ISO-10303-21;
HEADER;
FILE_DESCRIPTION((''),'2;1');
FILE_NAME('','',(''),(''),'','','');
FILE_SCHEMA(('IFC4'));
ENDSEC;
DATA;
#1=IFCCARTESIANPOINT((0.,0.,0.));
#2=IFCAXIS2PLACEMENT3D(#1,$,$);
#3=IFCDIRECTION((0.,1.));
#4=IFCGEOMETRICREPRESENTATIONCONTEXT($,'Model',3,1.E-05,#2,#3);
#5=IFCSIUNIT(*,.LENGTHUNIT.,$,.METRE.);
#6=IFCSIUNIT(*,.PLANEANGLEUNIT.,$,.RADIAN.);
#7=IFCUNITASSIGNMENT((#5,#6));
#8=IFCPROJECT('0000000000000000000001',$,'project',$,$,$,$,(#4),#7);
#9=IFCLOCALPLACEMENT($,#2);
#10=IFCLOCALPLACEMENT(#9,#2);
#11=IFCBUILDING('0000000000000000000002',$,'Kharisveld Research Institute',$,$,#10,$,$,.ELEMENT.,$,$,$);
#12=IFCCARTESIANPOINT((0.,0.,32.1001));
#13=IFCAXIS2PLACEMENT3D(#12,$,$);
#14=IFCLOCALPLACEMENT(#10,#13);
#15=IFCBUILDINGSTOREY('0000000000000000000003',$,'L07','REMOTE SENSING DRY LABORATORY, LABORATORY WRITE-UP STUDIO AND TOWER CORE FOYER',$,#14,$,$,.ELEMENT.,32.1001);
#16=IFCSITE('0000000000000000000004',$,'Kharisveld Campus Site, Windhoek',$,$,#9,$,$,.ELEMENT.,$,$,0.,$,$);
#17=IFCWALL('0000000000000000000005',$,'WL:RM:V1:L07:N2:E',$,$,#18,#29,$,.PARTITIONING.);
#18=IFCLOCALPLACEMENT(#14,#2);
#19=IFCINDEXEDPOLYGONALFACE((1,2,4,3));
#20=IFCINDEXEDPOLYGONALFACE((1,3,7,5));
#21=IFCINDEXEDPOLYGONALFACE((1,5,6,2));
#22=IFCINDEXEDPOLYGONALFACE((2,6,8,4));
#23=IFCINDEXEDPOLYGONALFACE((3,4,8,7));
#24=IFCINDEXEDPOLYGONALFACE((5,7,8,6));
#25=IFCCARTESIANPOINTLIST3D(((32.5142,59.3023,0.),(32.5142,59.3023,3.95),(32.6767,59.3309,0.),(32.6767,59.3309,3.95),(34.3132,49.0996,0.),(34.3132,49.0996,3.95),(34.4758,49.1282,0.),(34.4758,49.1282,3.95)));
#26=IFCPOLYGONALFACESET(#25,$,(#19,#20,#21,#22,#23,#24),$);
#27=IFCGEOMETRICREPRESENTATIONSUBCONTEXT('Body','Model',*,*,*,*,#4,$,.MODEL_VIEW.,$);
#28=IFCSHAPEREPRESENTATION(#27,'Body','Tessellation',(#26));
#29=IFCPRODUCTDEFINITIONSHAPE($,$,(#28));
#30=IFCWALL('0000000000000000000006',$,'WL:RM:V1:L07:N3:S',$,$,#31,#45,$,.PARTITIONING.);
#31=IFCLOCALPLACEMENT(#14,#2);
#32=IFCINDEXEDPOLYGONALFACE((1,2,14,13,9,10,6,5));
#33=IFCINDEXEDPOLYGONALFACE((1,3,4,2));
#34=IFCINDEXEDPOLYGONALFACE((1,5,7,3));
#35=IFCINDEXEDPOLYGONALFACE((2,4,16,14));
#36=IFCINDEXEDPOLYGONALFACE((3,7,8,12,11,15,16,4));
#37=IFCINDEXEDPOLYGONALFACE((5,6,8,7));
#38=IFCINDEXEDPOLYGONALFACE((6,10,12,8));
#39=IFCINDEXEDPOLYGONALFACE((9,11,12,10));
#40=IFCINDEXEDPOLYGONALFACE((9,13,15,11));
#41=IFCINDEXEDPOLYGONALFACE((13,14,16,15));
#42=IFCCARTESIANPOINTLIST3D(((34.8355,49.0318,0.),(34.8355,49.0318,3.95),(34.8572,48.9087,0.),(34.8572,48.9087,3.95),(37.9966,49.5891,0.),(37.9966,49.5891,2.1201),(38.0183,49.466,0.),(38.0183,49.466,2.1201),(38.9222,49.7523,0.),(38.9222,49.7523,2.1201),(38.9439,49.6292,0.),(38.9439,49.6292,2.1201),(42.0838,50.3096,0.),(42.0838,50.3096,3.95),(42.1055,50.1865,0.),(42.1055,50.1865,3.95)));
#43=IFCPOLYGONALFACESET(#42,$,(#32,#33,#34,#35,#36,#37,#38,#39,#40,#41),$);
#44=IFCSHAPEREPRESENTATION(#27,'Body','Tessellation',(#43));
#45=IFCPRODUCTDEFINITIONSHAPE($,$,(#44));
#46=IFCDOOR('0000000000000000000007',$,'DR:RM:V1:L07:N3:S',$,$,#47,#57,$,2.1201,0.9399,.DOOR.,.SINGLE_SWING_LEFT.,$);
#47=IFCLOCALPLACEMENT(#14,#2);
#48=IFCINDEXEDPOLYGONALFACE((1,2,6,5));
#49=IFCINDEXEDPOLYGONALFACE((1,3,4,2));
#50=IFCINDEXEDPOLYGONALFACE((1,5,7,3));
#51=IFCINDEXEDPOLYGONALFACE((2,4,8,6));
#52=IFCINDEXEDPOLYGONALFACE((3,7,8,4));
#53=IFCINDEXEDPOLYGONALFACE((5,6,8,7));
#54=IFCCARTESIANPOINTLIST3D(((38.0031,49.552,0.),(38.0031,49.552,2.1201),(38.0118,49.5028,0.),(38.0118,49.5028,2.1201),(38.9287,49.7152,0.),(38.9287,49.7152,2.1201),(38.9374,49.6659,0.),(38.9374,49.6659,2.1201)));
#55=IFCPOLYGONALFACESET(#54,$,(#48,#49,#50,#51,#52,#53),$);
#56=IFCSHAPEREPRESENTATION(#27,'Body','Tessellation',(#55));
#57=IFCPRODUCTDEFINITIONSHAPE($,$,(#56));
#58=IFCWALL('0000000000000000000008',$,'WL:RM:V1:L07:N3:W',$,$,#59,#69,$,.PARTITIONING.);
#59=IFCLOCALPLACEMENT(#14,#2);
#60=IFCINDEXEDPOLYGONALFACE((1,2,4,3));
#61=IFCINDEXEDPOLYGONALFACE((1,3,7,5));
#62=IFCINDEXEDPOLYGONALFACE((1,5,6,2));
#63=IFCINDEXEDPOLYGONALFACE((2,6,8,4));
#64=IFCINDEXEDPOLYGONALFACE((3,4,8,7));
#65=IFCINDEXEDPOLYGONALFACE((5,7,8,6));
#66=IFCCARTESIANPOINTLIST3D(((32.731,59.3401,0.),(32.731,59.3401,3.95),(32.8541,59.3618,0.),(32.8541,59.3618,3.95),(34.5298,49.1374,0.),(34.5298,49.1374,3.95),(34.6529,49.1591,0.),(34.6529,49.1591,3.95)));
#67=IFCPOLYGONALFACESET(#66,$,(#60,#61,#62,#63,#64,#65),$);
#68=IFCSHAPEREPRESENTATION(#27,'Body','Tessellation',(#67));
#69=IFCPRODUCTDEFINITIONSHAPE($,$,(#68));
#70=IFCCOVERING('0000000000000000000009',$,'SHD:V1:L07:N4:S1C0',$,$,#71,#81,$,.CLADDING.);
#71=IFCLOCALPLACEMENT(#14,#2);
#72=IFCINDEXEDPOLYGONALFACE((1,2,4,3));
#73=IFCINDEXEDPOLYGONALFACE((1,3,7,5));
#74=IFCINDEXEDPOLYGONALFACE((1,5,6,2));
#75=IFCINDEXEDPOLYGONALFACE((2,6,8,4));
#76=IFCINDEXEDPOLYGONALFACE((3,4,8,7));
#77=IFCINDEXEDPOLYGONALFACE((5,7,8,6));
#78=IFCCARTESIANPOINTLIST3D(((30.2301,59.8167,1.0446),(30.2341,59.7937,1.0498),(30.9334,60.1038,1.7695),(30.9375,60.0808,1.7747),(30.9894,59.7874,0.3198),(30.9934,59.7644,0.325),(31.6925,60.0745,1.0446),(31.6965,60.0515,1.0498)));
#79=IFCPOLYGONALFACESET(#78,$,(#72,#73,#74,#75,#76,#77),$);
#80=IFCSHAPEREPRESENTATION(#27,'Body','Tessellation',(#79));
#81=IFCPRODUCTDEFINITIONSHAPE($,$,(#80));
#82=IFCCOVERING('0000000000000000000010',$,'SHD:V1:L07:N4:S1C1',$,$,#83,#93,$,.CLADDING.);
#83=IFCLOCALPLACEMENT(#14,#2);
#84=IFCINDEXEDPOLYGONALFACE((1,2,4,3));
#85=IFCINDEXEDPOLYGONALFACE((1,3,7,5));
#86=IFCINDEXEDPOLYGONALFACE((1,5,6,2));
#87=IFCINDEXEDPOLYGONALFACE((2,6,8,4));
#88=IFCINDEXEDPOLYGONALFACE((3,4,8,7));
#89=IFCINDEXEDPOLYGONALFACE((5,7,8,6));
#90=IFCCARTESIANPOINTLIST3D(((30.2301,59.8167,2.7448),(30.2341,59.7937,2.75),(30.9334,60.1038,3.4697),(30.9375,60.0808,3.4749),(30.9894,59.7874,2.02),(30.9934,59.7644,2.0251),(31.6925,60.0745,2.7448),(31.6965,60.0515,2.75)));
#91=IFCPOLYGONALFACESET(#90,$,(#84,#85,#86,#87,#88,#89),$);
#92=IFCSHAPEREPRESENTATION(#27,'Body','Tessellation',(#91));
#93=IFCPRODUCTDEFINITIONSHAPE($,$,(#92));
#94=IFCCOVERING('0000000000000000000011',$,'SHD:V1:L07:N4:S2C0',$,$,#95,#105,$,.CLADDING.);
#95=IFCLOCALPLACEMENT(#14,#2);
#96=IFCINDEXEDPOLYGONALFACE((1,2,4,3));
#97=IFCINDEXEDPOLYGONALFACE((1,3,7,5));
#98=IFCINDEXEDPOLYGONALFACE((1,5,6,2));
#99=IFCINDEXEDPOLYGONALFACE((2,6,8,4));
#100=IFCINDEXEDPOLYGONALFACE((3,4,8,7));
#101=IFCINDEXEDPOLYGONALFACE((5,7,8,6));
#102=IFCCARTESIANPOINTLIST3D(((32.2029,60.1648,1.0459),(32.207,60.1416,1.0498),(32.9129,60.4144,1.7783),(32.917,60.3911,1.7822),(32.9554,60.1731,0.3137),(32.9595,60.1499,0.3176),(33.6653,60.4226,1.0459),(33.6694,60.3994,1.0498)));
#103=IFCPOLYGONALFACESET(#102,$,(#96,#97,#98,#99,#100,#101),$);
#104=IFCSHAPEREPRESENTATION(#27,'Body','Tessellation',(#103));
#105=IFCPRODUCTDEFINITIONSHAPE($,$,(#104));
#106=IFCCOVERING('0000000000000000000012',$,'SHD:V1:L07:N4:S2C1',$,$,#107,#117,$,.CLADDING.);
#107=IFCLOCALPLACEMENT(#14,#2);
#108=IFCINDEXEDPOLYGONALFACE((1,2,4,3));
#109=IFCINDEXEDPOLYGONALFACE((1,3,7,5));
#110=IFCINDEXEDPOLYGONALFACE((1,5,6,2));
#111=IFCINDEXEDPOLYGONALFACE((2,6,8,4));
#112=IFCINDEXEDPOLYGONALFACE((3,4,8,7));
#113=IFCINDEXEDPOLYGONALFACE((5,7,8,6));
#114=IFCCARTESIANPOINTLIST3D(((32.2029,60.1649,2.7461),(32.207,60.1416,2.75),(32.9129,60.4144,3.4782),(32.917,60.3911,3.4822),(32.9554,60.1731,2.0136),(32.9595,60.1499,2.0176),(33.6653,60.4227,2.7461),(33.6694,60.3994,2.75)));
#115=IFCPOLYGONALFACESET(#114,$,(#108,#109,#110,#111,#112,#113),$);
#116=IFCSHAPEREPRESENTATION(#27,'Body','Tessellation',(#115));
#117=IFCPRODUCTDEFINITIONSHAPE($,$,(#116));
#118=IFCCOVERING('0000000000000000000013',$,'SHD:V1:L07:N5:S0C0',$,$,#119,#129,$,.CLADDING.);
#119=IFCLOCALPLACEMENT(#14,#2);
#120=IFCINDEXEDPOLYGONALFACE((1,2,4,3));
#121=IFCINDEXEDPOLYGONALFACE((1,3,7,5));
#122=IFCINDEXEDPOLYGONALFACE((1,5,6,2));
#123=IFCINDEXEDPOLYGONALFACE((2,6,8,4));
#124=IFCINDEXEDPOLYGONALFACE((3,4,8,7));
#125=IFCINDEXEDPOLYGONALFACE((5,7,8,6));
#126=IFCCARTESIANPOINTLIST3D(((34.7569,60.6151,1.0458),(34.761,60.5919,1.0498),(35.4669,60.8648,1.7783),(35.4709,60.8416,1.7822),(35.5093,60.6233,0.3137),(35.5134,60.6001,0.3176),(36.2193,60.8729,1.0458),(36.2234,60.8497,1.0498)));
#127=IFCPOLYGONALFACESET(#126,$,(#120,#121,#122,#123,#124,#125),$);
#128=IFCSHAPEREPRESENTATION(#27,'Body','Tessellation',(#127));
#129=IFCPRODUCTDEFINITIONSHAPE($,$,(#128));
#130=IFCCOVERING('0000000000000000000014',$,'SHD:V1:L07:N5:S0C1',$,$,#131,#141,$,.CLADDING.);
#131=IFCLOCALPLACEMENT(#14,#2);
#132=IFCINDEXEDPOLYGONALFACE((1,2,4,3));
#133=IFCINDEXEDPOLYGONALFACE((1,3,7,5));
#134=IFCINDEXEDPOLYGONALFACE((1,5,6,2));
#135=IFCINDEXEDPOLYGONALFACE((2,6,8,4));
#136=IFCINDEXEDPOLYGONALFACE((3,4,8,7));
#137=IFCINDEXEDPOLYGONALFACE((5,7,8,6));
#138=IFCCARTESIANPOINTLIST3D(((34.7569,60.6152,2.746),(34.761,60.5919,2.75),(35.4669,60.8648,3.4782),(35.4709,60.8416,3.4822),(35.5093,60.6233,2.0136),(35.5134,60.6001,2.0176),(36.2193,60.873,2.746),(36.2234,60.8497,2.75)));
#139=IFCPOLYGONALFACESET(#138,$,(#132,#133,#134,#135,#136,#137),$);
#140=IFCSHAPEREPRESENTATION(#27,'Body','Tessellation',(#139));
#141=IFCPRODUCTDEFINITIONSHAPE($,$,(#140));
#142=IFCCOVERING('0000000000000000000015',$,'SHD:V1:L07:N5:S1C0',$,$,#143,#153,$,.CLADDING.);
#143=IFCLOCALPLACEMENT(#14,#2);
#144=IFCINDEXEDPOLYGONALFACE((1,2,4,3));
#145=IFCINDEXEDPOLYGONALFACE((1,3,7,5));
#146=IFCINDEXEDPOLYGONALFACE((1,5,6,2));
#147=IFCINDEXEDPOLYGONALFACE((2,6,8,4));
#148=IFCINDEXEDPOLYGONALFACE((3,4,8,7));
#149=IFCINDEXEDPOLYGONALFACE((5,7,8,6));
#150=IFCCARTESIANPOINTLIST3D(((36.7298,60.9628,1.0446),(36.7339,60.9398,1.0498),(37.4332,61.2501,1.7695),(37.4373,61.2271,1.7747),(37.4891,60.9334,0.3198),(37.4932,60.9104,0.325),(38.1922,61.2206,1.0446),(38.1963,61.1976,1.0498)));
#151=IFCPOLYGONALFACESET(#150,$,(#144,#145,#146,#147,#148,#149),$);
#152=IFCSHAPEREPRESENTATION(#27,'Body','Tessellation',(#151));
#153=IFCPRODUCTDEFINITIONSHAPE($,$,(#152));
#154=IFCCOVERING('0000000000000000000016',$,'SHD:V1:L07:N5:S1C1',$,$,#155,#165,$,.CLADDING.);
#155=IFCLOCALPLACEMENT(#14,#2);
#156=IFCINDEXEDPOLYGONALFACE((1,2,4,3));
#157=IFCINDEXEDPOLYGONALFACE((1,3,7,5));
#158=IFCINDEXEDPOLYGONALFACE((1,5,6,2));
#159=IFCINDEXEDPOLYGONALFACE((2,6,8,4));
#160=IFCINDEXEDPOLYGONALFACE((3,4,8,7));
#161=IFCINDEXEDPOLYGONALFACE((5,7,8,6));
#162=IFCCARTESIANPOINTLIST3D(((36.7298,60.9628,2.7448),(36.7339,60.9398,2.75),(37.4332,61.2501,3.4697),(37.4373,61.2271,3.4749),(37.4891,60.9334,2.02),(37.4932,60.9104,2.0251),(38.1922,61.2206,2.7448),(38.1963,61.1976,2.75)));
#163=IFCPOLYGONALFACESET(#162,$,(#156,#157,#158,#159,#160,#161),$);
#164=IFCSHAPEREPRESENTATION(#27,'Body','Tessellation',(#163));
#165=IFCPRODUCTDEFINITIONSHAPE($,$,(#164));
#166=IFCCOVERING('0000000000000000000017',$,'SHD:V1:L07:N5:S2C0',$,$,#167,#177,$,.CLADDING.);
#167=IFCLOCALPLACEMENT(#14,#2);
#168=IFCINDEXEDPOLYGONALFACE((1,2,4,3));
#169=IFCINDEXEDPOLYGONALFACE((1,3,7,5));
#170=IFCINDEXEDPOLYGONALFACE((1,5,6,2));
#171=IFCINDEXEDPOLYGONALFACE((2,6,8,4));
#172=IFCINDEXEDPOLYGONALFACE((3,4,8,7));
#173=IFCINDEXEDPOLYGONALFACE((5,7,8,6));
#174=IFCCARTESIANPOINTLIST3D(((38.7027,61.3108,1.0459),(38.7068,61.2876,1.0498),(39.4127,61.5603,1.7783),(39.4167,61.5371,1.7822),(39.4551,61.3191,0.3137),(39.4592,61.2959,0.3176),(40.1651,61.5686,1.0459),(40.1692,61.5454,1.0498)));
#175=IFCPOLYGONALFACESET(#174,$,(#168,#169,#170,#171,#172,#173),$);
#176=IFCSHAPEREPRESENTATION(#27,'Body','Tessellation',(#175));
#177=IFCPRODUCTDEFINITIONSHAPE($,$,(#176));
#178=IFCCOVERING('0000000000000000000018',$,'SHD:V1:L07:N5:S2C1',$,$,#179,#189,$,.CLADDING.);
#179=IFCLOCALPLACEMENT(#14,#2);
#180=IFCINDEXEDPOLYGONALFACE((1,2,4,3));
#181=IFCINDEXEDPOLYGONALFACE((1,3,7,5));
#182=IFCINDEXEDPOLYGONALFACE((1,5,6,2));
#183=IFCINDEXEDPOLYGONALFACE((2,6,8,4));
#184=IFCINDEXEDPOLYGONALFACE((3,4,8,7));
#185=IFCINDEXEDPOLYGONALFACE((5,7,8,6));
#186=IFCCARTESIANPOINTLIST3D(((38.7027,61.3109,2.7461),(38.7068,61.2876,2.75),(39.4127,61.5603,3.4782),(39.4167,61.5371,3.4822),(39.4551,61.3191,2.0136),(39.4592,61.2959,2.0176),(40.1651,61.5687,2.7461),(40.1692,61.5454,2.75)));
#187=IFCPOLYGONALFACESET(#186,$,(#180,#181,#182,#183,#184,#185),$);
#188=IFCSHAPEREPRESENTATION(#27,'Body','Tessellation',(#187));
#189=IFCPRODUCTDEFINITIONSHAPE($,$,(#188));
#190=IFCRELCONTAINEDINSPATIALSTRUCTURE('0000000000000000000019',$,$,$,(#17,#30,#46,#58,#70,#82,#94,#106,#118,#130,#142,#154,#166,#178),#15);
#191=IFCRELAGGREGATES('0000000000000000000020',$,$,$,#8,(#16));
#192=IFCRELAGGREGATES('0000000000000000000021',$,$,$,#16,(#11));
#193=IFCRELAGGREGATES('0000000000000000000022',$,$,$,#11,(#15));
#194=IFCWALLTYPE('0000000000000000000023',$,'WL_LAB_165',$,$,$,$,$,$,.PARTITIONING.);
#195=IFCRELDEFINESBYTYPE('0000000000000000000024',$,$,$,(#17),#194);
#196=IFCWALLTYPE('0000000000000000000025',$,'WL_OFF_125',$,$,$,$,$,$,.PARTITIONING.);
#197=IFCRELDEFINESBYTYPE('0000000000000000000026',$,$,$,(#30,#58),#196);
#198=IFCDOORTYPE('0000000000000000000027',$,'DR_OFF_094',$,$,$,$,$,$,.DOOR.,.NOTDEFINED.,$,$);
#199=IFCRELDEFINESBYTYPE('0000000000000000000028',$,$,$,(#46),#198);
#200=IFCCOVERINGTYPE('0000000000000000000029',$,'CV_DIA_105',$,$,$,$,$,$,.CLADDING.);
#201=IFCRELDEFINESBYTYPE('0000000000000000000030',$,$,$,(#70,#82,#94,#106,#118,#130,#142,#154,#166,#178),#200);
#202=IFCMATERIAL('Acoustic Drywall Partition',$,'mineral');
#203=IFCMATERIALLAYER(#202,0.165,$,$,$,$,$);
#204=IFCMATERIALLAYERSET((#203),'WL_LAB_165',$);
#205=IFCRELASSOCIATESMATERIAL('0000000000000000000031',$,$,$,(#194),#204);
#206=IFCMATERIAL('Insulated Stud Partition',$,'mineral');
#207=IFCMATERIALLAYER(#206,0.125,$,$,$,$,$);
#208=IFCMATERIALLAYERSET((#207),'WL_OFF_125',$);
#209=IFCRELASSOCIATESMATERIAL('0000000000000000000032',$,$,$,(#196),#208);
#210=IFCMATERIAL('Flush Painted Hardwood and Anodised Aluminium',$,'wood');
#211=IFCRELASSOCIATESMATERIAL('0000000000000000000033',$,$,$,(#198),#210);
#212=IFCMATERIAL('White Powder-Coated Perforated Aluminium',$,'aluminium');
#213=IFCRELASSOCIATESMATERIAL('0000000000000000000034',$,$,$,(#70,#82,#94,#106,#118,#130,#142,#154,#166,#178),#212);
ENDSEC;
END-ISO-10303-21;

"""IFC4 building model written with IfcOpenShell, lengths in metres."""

from ifc_helpers import new_model, si_unit, direction, frame, frame_2d, origin, place, context, subcontext, project, spatial, polyline, rectangle, outline, extrude, material, layer, layer_set, type_object, element, fill, save


model = new_model("IFC4")

# Units and contexts
model_context = context("Model", 3, precision=1e-05, world=origin(), true_north=direction((0.0, 1.0)))
body_context = subcontext(model_context, "Body", "Model", "MODEL_VIEW")
ifc_project = project(units=[si_unit("LENGTHUNIT", "METRE"), si_unit("PLANEANGLEUNIT", "RADIAN")], contexts=[model_context])

# Site, building, storey
site_placement = place(None, origin())
site = spatial("IfcSite", under=ifc_project, at=site_placement, Name="Kharisveld Campus Site, Windhoek", CompositionType="ELEMENT", RefElevation=0.0)
building_placement = place(site_placement, origin())
building = spatial("IfcBuilding", under=site, at=building_placement, Name="Kharisveld Research Institute", CompositionType="ELEMENT")
storey_placement = place(building_placement, frame((0.0, 0.0, 32.1001)))
storey = spatial("IfcBuildingStorey", under=building, at=storey_placement, Name="L07", Description="REMOTE SENSING DRY LABORATORY, LABORATORY WRITE-UP STUDIO AND TOWER CORE FOYER", CompositionType="ELEMENT", Elevation=32.1001)

# Wall
ifc_material_1 = material(Name="Acoustic Drywall Partition", Category="mineral")
ifc_layer_1 = layer(ifc_material_1, 0.165)
ifc_layer_set_1 = layer_set([ifc_layer_1], Name="WL_LAB_165")
wall_type_1 = type_object("IfcWallType", Name="WL_LAB_165", PredefinedType="PARTITIONING", material=ifc_layer_set_1)
wall_1_placement = place(storey_placement, frame((34.3945, 49.1138, 0.0), z_axis=(0.0, 0.0, 1.0), x_axis=(-0.173655, 0.984807, 0.0)))
element("IfcWall", 1, at=wall_1_placement, inside=storey, type_object=wall_type_1, Name="WL:RM:V1:L07:N2:E", PredefinedType="PARTITIONING", context=body_context, shape_type="SweptSolid", body=[
    extrude(rectangle(XDim=10.3601, YDim=0.165, at=frame_2d((5.1802, 0.0))), origin(), (0.0, 0.0, 1.0), 3.95),
])

# Wall, opening, door
ifc_material_2 = material(Name="Insulated Stud Partition", Category="mineral")
ifc_layer_2 = layer(ifc_material_2, 0.125)
ifc_layer_set_2 = layer_set([ifc_layer_2], Name="WL_OFF_125")
wall_type_2 = type_object("IfcWallType", Name="WL_OFF_125", PredefinedType="PARTITIONING", material=ifc_layer_set_2)
wall_2_placement = place(storey_placement, frame((34.8462, 48.9702, 0.0), z_axis=(0.0, 0.0, 1.0), x_axis=(0.984813, 0.173617, 0.0)))
wall_2 = element("IfcWall", 2, at=wall_2_placement, inside=storey, type_object=wall_type_2, Name="WL:RM:V1:L07:N3:S", PredefinedType="PARTITIONING", context=body_context, shape_type="SweptSolid", body=[
    extrude(rectangle(XDim=7.3601, YDim=0.125, at=frame_2d((3.6802, 0.0))), origin(), (0.0, 0.0, 1.0), 3.95),
])
opening_placement = place(wall_2_placement, frame((3.21, 0.0, 0.0)))
opening = element("IfcOpeningElement", 3, at=opening_placement, cuts=wall_2, PredefinedType="OPENING", context=body_context, shape_type="SweptSolid", body=[
    extrude(rectangle(XDim=0.9399, YDim=2.1201, at=frame_2d((0.47, 1.0601))), frame((0.0, 0.0625, 0.0), z_axis=(0.0, -1.0, 0.0), x_axis=(1.0, 0.0, 0.0)), (0.0, 0.0, 1.0), 0.125),
])
ifc_material_3 = material(Name="Flush Painted Hardwood and Anodised Aluminium", Category="wood")
door_type = type_object("IfcDoorType", Name="DR_OFF_094", OperationType="NOTDEFINED", PredefinedType="DOOR", material=ifc_material_3)
door_placement = place(opening_placement, origin())
door = element("IfcDoor", 4, at=door_placement, inside=storey, type_object=door_type, Name="DR:RM:V1:L07:N3:S", OperationType="SINGLE_SWING_LEFT", OverallHeight=2.1201, OverallWidth=0.9399, PredefinedType="DOOR", context=body_context, shape_type="SweptSolid", body=[
    extrude(rectangle(XDim=0.9399, YDim=2.1201, at=frame_2d((0.47, 1.0601))), frame((0.0, 0.0249, 0.0), z_axis=(0.0, -1.0, 0.0), x_axis=(1.0, 0.0, 0.0)), (0.0, 0.0, 1.0), 0.05),
])
fill(opening, door)

# Wall
wall_3_placement = place(storey_placement, frame((32.7925, 59.3511, 0.0), z_axis=(0.0, 0.0, 1.0), x_axis=(0.173632, -0.984811, 0.0)))
element("IfcWall", 5, at=wall_3_placement, inside=storey, type_object=wall_type_2, Name="WL:RM:V1:L07:N3:W", PredefinedType="PARTITIONING", context=body_context, shape_type="SweptSolid", body=[
    extrude(rectangle(XDim=10.3601, YDim=0.125, at=frame_2d((5.1802, 0.0))), origin(), (0.0, 0.0, 1.0), 3.95),
])

# Coverings
ifc_material_4 = material(Name="White Powder-Coated Perforated Aluminium", Category="aluminium")
covering_type = type_object("IfcCoveringType", Name="CV_DIA_105", PredefinedType="CLADDING")
for number, where, z_axis, x_axis, name in (
    (6, (30.9934, 59.7644, 0.325), (0.169503, -0.961481, 0.216385), (0.669728, 0.273452, 0.690426), "SHD:V1:L07:N4:S1C0"),
    (7, (30.9934, 59.7644, 2.0251), (0.169503, -0.961481, 0.216385), (0.669728, 0.273452, 0.690426), "SHD:V1:L07:N4:S1C1"),
):
    element("IfcCovering", number, at=place(storey_placement, frame(where, z_axis=z_axis, x_axis=x_axis)), inside=storey, type_object=covering_type, material=ifc_material_4, Name=name, PredefinedType="CLADDING", context=body_context, shape_type="SweptSolid", body=[
        extrude(outline(polyline([(0.0, 0.0), (1.0499, 0.0), (1.05, 1.05), (0.0, 1.0501), (0.0, 0.0)])), origin(), (0.0, 0.0, -1.0), 0.0239),
    ])
covering_1_placement = place(storey_placement, frame((32.9595, 60.1499, 0.3176), z_axis=(0.171239, -0.971325, 0.164938), x_axis=(0.676192, 0.237624, 0.697352)))
element("IfcCovering", 8, at=covering_1_placement, inside=storey, type_object=covering_type, material=ifc_material_4, Name="SHD:V1:L07:N4:S2C0", PredefinedType="CLADDING", context=body_context, shape_type="SweptSolid", body=[
    extrude(outline(polyline([(0.0, 0.0), (1.0499, 0.0), (1.0499, 1.0501), (-0.0002, 1.0499), (0.0, 0.0)])), origin(), (0.0, 0.0, -1.0), 0.0239),
])
covering_2_placement = place(storey_placement, frame((32.9595, 60.1499, 2.0176), z_axis=(0.171239, -0.971325, 0.164938), x_axis=(0.676076, 0.237623, 0.697465)))
element("IfcCovering", 9, at=covering_2_placement, inside=storey, type_object=covering_type, material=ifc_material_4, Name="SHD:V1:L07:N4:S2C1", PredefinedType="CLADDING", context=body_context, shape_type="SweptSolid", body=[
    extrude(outline(polyline([(0.0, 0.0), (1.0501, 0.0), (1.0501, 1.0499), (0.0002, 1.0501), (0.0, 0.0)])), origin(), (0.0, 0.0, -1.0), 0.0239),
])
covering_3_placement = place(storey_placement, frame((35.5134, 60.6001, 0.3176), z_axis=(0.171234, -0.971299, 0.165096), x_axis=(0.676173, 0.237734, 0.697333)))
element("IfcCovering", 10, at=covering_3_placement, inside=storey, type_object=covering_type, material=ifc_material_4, Name="SHD:V1:L07:N5:S0C0", PredefinedType="CLADDING", context=body_context, shape_type="SweptSolid", body=[
    extrude(outline(polyline([(0.0, 0.0), (1.0499, 0.0), (1.05, 1.0501), (-0.0002, 1.0499), (0.0, 0.0)])), origin(), (0.0, 0.0, -1.0), 0.0239),
])
covering_4_placement = place(storey_placement, frame((35.5134, 60.6001, 2.0176), z_axis=(0.171234, -0.971299, 0.165096), x_axis=(0.676056, 0.237732, 0.697446)))
element("IfcCovering", 11, at=covering_4_placement, inside=storey, type_object=covering_type, material=ifc_material_4, Name="SHD:V1:L07:N5:S0C1", PredefinedType="CLADDING", context=body_context, shape_type="SweptSolid", body=[
    extrude(outline(polyline([(0.0, 0.0), (1.0501, 0.0), (1.0502, 1.0499), (0.0002, 1.0501), (0.0, 0.0)])), origin(), (0.0, 0.0, -1.0), 0.0239),
])
for number, where, z_axis, x_axis, name in (
    (12, (37.4932, 60.9104, 0.325), (0.169497, -0.961447, 0.21654), (0.66971, 0.27356, 0.690402), "SHD:V1:L07:N5:S1C0"),
    (13, (37.4932, 60.9104, 2.0251), (0.169497, -0.961447, 0.21654), (0.66971, 0.27356, 0.690402), "SHD:V1:L07:N5:S1C1"),
):
    element("IfcCovering", number, at=place(storey_placement, frame(where, z_axis=z_axis, x_axis=x_axis)), inside=storey, type_object=covering_type, material=ifc_material_4, Name=name, PredefinedType="CLADDING", context=body_context, shape_type="SweptSolid", body=[
        extrude(outline(polyline([(0.0, 0.0), (1.0499, 0.0), (1.0501, 1.05), (0.0, 1.0501), (0.0, 0.0)])), origin(), (0.0, 0.0, -1.0), 0.0239),
    ])
covering_5_placement = place(storey_placement, frame((39.4592, 61.2959, 0.3176), z_axis=(0.171239, -0.971325, 0.164938), x_axis=(0.676192, 0.237624, 0.697352)))
element("IfcCovering", 14, at=covering_5_placement, inside=storey, type_object=covering_type, material=ifc_material_4, Name="SHD:V1:L07:N5:S2C0", PredefinedType="CLADDING", context=body_context, shape_type="SweptSolid", body=[
    extrude(outline(polyline([(0.0, 0.0), (1.0499, 0.0), (1.0499, 1.0501), (-0.0002, 1.0499), (0.0, 0.0)])), origin(), (0.0, 0.0, -1.0), 0.0239),
])
covering_6_placement = place(storey_placement, frame((39.4592, 61.2959, 2.0176), z_axis=(0.171239, -0.971325, 0.164938), x_axis=(0.676076, 0.237623, 0.697465)))
element("IfcCovering", 15, at=covering_6_placement, inside=storey, type_object=covering_type, material=ifc_material_4, Name="SHD:V1:L07:N5:S2C1", PredefinedType="CLADDING", context=body_context, shape_type="SweptSolid", body=[
    extrude(outline(polyline([(0.0, 0.0), (1.0501, 0.0), (1.0501, 1.0499), (0.0002, 1.0501), (0.0, 0.0)])), origin(), (0.0, 0.0, -1.0), 0.0239),
])

save(model, "model.ifc")
